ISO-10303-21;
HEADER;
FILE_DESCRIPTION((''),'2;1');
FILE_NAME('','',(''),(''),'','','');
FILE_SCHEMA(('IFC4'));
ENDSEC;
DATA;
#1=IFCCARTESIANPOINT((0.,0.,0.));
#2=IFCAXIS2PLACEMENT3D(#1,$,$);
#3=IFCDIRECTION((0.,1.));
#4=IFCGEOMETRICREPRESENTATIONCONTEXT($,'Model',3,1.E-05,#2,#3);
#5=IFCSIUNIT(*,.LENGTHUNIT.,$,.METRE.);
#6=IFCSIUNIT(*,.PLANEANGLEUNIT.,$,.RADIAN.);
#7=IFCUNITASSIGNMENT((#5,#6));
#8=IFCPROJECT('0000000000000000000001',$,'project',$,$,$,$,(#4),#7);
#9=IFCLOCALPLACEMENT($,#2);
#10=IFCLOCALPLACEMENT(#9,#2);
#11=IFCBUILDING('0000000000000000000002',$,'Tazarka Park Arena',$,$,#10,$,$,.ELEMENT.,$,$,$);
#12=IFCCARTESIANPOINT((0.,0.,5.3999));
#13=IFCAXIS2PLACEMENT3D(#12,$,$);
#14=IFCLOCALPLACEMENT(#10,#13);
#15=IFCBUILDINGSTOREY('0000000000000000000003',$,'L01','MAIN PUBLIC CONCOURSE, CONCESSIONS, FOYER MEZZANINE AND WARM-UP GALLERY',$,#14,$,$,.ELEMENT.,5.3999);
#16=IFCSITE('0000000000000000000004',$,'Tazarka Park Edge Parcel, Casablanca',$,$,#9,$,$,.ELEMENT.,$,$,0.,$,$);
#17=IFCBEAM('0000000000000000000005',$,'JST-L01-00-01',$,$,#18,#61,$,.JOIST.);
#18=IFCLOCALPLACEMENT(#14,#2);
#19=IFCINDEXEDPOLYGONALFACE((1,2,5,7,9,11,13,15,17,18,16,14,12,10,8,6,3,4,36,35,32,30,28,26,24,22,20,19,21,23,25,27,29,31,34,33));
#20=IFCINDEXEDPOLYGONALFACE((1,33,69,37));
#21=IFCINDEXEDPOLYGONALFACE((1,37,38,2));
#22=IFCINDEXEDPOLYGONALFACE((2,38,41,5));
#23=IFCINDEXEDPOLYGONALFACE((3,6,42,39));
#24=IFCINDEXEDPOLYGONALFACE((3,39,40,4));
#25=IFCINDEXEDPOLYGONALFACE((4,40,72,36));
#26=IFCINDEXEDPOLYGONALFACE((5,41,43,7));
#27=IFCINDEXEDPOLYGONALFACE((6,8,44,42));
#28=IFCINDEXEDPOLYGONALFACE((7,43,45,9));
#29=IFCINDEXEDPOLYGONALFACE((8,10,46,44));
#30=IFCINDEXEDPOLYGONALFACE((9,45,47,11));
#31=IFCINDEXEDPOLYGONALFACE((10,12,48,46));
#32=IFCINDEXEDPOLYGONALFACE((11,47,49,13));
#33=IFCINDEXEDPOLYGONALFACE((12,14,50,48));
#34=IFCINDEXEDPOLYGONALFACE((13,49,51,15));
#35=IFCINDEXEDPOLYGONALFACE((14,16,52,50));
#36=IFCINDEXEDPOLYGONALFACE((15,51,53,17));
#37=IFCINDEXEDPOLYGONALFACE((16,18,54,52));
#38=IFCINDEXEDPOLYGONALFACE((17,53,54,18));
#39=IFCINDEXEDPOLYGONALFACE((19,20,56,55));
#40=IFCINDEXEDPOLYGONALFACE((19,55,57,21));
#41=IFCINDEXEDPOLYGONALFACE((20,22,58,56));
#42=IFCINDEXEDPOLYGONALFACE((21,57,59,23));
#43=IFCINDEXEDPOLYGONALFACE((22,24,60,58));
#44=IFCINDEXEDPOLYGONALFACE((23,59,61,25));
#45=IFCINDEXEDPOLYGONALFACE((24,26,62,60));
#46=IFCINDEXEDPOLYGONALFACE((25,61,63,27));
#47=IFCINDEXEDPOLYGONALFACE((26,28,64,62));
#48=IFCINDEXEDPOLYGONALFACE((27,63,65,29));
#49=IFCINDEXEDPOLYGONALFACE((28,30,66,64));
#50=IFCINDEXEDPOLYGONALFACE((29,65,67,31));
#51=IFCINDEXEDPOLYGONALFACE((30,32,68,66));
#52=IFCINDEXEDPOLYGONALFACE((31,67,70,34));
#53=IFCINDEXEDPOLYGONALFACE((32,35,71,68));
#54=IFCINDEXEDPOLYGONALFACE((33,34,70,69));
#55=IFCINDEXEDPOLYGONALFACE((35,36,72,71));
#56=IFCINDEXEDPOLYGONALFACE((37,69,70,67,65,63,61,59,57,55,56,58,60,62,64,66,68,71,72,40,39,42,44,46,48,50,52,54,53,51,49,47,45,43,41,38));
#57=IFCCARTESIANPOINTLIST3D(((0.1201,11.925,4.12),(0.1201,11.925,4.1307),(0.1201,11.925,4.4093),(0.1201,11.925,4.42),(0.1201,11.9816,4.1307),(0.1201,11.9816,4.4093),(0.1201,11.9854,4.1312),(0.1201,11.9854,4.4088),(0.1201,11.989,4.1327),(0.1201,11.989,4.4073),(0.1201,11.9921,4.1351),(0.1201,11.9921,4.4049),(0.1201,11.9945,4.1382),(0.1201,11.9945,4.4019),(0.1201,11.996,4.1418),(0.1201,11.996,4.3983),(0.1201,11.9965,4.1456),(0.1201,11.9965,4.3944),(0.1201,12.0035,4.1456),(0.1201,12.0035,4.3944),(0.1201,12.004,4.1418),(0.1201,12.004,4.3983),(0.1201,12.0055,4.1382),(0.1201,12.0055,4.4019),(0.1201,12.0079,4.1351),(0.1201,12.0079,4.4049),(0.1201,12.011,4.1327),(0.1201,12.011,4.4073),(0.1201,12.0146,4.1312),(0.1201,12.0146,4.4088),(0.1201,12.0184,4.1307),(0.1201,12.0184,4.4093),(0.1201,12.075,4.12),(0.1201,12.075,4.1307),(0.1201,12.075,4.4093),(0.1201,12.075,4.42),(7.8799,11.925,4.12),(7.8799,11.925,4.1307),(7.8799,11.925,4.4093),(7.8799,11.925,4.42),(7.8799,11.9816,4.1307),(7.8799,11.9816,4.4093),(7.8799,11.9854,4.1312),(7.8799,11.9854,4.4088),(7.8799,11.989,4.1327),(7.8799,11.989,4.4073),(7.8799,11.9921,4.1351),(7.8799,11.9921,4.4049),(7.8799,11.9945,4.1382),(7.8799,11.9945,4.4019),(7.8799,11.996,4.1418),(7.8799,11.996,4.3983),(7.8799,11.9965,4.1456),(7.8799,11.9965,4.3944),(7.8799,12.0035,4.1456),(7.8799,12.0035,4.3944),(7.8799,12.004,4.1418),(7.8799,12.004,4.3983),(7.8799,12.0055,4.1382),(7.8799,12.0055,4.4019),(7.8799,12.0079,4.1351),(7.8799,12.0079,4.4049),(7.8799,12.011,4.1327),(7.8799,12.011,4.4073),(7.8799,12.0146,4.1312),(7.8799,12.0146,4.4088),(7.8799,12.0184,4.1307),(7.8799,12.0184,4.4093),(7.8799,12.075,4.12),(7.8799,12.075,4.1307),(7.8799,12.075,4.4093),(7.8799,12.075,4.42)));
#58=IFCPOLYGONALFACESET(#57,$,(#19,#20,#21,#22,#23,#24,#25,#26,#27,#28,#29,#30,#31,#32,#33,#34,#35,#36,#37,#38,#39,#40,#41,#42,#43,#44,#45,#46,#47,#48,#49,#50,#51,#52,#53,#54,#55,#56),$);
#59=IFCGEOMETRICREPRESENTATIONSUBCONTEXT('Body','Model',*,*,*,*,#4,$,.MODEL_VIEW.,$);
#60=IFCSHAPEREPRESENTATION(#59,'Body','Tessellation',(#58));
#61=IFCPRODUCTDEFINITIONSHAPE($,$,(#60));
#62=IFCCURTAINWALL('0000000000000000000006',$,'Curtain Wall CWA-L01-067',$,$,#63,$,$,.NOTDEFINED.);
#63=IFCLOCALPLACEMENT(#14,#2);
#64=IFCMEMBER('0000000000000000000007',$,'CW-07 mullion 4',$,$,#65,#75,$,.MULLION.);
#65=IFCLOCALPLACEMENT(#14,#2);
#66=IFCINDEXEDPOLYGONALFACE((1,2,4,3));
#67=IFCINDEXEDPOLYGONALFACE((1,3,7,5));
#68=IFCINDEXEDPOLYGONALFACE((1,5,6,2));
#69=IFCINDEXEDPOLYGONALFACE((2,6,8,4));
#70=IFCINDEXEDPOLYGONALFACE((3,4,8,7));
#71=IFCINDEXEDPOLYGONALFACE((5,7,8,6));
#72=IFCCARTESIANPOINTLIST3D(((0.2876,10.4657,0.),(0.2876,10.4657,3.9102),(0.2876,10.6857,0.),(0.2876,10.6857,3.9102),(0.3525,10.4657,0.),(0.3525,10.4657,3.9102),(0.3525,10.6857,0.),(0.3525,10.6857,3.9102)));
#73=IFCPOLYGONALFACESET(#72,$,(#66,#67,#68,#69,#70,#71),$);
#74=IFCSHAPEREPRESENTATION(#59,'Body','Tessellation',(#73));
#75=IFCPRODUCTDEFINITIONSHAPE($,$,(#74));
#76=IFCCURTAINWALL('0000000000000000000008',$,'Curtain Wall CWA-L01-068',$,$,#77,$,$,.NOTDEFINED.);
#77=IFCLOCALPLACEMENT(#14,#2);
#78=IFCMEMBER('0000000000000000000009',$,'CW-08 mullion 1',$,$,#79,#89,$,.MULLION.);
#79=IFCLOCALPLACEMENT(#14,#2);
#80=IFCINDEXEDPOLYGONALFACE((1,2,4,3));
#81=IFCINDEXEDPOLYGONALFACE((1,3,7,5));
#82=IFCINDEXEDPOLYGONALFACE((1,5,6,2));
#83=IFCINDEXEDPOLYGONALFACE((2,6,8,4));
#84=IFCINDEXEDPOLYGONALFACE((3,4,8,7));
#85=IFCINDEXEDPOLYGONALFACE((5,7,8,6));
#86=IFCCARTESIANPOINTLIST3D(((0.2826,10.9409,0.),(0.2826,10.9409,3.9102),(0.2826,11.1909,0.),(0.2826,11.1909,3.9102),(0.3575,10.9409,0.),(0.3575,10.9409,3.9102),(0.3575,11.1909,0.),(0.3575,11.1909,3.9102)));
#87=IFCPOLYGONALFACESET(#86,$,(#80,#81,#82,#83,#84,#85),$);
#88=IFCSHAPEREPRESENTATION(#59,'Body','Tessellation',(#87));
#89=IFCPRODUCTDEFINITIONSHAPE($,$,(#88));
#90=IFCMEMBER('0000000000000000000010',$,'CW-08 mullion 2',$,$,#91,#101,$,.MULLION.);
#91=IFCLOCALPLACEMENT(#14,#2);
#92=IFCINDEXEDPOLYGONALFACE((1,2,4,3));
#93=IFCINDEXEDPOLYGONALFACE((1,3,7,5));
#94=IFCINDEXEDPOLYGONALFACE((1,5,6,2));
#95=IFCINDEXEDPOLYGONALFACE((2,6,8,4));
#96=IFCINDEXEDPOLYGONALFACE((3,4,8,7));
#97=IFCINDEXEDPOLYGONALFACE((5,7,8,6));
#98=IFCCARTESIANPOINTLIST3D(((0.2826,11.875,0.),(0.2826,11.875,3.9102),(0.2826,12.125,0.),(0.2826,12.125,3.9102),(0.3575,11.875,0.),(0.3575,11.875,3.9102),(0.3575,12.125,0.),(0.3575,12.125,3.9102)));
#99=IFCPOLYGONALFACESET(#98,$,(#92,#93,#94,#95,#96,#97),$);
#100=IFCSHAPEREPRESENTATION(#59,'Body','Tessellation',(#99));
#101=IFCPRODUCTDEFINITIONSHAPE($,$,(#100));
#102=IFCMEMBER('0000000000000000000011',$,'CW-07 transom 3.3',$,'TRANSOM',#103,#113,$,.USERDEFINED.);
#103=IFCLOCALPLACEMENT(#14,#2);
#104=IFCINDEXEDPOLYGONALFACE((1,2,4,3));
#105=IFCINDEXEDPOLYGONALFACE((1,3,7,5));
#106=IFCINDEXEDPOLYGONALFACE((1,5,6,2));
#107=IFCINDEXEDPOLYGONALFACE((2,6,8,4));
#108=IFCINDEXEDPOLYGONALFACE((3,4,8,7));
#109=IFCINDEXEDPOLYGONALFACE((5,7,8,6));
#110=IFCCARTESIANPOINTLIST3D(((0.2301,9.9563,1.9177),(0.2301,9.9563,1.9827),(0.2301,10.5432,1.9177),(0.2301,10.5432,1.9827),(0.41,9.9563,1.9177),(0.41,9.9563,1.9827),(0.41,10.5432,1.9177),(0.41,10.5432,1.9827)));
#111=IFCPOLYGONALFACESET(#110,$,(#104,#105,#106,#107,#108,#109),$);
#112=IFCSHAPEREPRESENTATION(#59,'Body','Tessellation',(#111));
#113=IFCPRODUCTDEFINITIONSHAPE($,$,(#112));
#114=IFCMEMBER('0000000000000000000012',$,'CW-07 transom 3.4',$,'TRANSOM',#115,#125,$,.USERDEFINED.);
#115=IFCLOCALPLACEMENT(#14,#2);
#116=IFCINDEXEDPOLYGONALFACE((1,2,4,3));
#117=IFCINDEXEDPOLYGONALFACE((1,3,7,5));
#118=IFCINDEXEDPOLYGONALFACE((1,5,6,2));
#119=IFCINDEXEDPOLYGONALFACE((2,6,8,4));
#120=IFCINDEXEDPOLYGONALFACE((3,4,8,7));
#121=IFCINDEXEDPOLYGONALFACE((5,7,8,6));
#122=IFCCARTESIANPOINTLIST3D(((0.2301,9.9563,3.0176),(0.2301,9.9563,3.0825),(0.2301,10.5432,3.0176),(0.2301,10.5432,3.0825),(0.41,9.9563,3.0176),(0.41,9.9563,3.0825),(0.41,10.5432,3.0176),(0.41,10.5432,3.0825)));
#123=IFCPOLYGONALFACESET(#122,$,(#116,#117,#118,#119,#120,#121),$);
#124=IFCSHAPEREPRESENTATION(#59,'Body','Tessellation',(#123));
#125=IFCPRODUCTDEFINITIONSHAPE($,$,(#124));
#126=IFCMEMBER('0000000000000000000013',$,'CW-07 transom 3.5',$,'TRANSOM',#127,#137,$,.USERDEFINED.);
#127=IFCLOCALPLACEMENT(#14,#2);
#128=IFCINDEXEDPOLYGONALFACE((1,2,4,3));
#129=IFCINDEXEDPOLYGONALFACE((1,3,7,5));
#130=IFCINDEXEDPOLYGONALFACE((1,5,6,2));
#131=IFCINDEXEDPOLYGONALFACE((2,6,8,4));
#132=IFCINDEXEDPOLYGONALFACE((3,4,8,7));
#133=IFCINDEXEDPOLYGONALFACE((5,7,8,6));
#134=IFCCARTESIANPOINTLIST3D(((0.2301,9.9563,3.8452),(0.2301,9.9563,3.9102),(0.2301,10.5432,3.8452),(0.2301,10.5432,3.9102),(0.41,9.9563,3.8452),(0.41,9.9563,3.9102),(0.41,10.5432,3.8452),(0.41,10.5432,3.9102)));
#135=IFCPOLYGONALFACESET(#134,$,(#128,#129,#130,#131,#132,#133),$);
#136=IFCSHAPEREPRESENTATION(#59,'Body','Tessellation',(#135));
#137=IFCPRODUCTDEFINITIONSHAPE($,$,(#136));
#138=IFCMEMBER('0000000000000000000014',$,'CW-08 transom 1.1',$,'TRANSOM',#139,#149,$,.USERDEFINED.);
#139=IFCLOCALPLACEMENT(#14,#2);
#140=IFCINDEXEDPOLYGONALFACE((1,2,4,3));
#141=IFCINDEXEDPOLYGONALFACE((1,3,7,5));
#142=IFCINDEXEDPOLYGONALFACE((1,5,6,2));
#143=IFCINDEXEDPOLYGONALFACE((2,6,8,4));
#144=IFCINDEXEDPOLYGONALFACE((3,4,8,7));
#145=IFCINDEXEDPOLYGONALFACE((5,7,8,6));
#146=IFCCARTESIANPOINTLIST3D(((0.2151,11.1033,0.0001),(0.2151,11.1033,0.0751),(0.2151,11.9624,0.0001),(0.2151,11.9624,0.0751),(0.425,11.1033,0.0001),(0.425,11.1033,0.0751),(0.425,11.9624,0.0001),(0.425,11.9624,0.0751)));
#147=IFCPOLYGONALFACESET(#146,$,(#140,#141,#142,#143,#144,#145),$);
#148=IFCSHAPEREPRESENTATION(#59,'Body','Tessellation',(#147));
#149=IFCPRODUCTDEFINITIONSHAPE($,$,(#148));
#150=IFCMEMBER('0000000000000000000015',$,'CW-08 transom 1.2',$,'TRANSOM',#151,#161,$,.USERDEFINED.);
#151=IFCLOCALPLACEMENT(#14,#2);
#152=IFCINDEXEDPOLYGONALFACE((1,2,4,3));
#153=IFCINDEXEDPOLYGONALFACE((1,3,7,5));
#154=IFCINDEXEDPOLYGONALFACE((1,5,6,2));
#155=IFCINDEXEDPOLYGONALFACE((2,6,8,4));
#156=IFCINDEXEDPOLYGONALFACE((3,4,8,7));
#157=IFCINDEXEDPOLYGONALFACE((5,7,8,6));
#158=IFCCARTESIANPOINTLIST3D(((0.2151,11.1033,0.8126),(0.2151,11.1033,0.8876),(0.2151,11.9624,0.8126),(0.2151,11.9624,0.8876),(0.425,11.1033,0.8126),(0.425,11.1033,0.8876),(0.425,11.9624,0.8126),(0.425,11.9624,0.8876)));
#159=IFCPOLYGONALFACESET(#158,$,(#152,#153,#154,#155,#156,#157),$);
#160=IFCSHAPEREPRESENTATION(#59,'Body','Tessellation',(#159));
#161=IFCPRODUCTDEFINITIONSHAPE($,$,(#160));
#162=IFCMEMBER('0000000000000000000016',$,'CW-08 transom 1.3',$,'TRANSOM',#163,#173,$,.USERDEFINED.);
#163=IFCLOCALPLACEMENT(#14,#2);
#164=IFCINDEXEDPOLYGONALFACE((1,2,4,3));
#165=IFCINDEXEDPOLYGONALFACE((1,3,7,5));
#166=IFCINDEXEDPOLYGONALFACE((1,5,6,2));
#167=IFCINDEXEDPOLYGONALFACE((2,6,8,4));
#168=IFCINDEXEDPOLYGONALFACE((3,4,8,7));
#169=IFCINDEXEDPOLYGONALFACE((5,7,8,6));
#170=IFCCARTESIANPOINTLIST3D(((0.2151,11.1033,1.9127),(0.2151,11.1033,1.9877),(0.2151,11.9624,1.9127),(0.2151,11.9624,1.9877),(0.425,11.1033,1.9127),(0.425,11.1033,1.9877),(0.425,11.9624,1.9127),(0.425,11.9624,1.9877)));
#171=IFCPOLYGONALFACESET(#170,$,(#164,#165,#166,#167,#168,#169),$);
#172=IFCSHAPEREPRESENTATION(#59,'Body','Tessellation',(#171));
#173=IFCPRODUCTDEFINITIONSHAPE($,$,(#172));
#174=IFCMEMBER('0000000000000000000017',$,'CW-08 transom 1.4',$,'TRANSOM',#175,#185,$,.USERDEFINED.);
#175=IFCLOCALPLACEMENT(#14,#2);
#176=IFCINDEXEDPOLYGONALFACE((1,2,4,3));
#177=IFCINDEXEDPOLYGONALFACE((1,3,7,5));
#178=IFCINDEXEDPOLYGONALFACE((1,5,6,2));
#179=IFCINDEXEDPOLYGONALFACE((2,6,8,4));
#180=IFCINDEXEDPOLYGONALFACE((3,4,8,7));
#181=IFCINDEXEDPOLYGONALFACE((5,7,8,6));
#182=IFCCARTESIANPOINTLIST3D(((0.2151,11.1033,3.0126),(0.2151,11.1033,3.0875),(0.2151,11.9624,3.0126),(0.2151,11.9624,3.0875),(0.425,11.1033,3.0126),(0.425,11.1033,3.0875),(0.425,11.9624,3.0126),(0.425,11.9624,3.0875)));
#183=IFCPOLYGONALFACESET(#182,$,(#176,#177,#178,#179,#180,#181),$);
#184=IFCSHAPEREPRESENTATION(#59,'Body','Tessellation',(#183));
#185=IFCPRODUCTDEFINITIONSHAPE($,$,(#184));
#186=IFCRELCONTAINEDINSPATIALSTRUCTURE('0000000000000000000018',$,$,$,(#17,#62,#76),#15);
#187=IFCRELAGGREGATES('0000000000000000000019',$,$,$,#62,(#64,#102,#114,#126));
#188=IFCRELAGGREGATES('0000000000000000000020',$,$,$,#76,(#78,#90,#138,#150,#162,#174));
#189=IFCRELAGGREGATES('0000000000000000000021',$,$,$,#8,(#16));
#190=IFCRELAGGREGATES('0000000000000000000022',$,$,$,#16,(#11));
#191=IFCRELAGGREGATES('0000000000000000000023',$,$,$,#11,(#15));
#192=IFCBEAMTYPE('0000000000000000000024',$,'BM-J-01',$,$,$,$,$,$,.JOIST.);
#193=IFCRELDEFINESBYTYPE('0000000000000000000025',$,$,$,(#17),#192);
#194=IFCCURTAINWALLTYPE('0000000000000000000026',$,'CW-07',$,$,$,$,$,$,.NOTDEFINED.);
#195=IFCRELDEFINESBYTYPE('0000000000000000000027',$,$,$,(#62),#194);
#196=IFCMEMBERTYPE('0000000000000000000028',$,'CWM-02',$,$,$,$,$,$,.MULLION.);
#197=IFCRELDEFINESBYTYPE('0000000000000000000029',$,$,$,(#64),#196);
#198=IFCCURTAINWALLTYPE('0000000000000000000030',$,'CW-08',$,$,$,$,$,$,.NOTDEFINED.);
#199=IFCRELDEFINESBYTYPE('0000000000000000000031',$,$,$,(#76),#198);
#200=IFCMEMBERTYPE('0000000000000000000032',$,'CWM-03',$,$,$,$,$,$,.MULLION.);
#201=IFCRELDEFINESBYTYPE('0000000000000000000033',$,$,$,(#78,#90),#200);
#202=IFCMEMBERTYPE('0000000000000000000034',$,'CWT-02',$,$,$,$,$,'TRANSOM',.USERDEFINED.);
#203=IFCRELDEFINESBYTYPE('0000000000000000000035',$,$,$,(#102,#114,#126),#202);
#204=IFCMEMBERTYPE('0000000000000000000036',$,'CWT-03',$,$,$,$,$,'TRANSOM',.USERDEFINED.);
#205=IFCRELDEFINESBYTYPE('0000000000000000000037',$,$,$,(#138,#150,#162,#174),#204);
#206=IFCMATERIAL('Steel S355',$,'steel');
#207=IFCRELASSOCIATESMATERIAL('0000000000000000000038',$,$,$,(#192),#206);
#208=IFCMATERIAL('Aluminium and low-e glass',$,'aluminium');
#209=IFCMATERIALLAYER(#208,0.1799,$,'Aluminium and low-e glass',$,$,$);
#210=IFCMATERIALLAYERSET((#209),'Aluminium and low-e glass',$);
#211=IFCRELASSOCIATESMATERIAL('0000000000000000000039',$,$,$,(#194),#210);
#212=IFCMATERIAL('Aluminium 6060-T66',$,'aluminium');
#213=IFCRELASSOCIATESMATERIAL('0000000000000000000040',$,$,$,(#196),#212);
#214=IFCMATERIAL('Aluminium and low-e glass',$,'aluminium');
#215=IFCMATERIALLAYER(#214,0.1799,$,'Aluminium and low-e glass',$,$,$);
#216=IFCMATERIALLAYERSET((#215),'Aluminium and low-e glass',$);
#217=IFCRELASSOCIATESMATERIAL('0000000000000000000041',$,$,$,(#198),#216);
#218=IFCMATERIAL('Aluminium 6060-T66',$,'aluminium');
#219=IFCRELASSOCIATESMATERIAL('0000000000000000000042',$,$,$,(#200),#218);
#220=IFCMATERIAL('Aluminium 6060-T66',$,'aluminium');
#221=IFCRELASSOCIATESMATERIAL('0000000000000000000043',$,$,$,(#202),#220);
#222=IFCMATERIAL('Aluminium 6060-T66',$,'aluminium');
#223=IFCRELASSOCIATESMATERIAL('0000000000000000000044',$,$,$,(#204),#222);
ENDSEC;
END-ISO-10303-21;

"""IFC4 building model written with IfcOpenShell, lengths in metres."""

from ifc_helpers import new_model, si_unit, direction, frame, origin, origin_2d, place, context, subcontext, project, spatial, rectangle, i_section, extrude, material, layer, layer_set, material_profile, profile_set, type_object, element, aggregate, save


model = new_model("IFC4")

# Units and contexts
model_context = context("Model", 3, precision=1e-05, world=origin(), true_north=direction((0.0, 1.0)))
body_context = subcontext(model_context, "Body", "Model", "MODEL_VIEW")
ifc_project = project(units=[si_unit("LENGTHUNIT", "METRE"), si_unit("PLANEANGLEUNIT", "RADIAN")], contexts=[model_context])

# Site, building, storey
site_placement = place(None, origin())
site = spatial("IfcSite", under=ifc_project, at=site_placement, Name="Tazarka Park Edge Parcel, Casablanca", CompositionType="ELEMENT", RefElevation=0.0)
building_placement = place(site_placement, origin())
building = spatial("IfcBuilding", under=site, at=building_placement, Name="Tazarka Park Arena", CompositionType="ELEMENT")
storey_placement = place(building_placement, frame((0.0, 0.0, 5.3999)))
storey = spatial("IfcBuildingStorey", under=building, at=storey_placement, Name="L01", Description="MAIN PUBLIC CONCOURSE, CONCESSIONS, FOYER MEZZANINE AND WARM-UP GALLERY", CompositionType="ELEMENT", Elevation=5.3999)

# Beam
ifc_material_1 = material(Name="Steel S355", Category="steel")
ifc_material_profile_1 = material_profile(ifc_material_1, i_section(OverallWidth=0.1499, OverallDepth=0.3, WebThickness=0.0071, FlangeThickness=0.0107, FilletRadius=0.0149, at=origin_2d()), Name="Steel S355")
ifc_profile_set_1 = profile_set([ifc_material_profile_1], Name="Steel S355")
beam_type = type_object("IfcBeamType", Name="BM-J-01", PredefinedType="JOIST", material=ifc_profile_set_1)
beam_placement = place(storey_placement, frame((0.1201, 12.0, 4.27), z_axis=(1.0, 0.0, 0.0), x_axis=(0.0, 1.0, 0.0)))
element("IfcBeam", 1, at=beam_placement, inside=storey, type_object=beam_type, Name="JST-L01-00-01", PredefinedType="JOIST", context=body_context, shape_type="SweptSolid", body=[
    extrude(i_section(OverallWidth=0.1499, OverallDepth=0.3, WebThickness=0.0071, FlangeThickness=0.0107, FilletRadius=0.0149, at=origin_2d()), origin(), (0.0, 0.0, 1.0), 7.7598),
])

# Curtain wall, member
ifc_material_2 = material(Name="Aluminium and low-e glass", Category="aluminium")
ifc_layer_1 = layer(ifc_material_2, 0.1799, Name="Aluminium and low-e glass")
ifc_layer_set_1 = layer_set([ifc_layer_1], Name="Aluminium and low-e glass")
curtain_wall_type_1 = type_object("IfcCurtainWallType", Name="CW-07", PredefinedType="NOTDEFINED", material=ifc_layer_set_1)
curtain_wall_1_placement = place(storey_placement, origin())
curtain_wall_1 = element("IfcCurtainWall", 2, at=curtain_wall_1_placement, inside=storey, type_object=curtain_wall_type_1, Name="Curtain Wall CWA-L01-067", PredefinedType="NOTDEFINED")
ifc_material_3 = material(Name="Aluminium 6060-T66", Category="aluminium")
ifc_material_profile_2 = material_profile(ifc_material_3, rectangle(XDim=0.0649, YDim=0.22, at=origin_2d()), Name="Aluminium 6060-T66")
ifc_profile_set_2 = profile_set([ifc_material_profile_2], Name="Aluminium 6060-T66")
member_type_1 = type_object("IfcMemberType", Name="CWM-02", PredefinedType="MULLION", material=ifc_profile_set_2)
member_1_placement = place(storey_placement, frame((0.3201, 10.5757, 0.0), z_axis=(0.0, 0.0, 1.0), x_axis=(-1.0, 0.0, 0.0)))
member_1 = element("IfcMember", 3, at=member_1_placement, type_object=member_type_1, Name="CW-07 mullion 4", PredefinedType="MULLION", context=body_context, shape_type="SweptSolid", body=[
    extrude(rectangle(XDim=0.0649, YDim=0.22, at=origin_2d()), origin(), (0.0, 0.0, 1.0), 3.9102),
])

# Curtain wall, members
ifc_material_4 = material(Name="Aluminium and low-e glass", Category="aluminium")
ifc_layer_2 = layer(ifc_material_4, 0.1799, Name="Aluminium and low-e glass")
ifc_layer_set_2 = layer_set([ifc_layer_2], Name="Aluminium and low-e glass")
curtain_wall_type_2 = type_object("IfcCurtainWallType", Name="CW-08", PredefinedType="NOTDEFINED", material=ifc_layer_set_2)
curtain_wall_2_placement = place(storey_placement, origin())
curtain_wall_2 = element("IfcCurtainWall", 4, at=curtain_wall_2_placement, inside=storey, type_object=curtain_wall_type_2, Name="Curtain Wall CWA-L01-068", PredefinedType="NOTDEFINED")
ifc_material_5 = material(Name="Aluminium 6060-T66", Category="aluminium")
ifc_material_profile_3 = material_profile(ifc_material_5, rectangle(XDim=0.075, YDim=0.25, at=origin_2d()), Name="Aluminium 6060-T66")
ifc_profile_set_3 = profile_set([ifc_material_profile_3], Name="Aluminium 6060-T66")
member_type_2 = type_object("IfcMemberType", Name="CWM-03", PredefinedType="MULLION", material=ifc_profile_set_3)
member_2_placement = place(storey_placement, frame((0.3201, 11.0659, 0.0), z_axis=(0.0, 0.0, 1.0), x_axis=(-1.0, 0.0, 0.0)))
member_2 = element("IfcMember", 5, at=member_2_placement, type_object=member_type_2, Name="CW-08 mullion 1", PredefinedType="MULLION", context=body_context, shape_type="SweptSolid", body=[
    extrude(rectangle(XDim=0.075, YDim=0.25, at=origin_2d()), origin(), (0.0, 0.0, 1.0), 3.9102),
])
member_3_placement = place(storey_placement, frame((0.3201, 12.0, 0.0), z_axis=(0.0, 0.0, 1.0), x_axis=(-1.0, 0.0, 0.0)))
member_3 = element("IfcMember", 6, at=member_3_placement, type_object=member_type_2, Name="CW-08 mullion 2", PredefinedType="MULLION", context=body_context, shape_type="SweptSolid", body=[
    extrude(rectangle(XDim=0.075, YDim=0.25, at=origin_2d()), origin(), (0.0, 0.0, 1.0), 3.9102),
])

# Members
ifc_material_6 = material(Name="Aluminium 6060-T66", Category="aluminium")
ifc_material_profile_4 = material_profile(ifc_material_6, rectangle(XDim=0.1799, YDim=0.0649, at=origin_2d()), Name="Aluminium 6060-T66")
ifc_profile_set_4 = profile_set([ifc_material_profile_4], Name="Aluminium 6060-T66")
member_type_3 = type_object("IfcMemberType", Name="CWT-02", ElementType="TRANSOM", PredefinedType="USERDEFINED", material=ifc_profile_set_4)
member_4_placement = place(storey_placement, frame((0.3201, 9.9563, 1.9502), z_axis=(0.0, 1.0, 0.0), x_axis=(-1.0, 0.0, 0.0)))
member_4 = element("IfcMember", 7, at=member_4_placement, type_object=member_type_3, Name="CW-07 transom 3.3", ObjectType="TRANSOM", PredefinedType="USERDEFINED", context=body_context, shape_type="SweptSolid", body=[
    extrude(rectangle(XDim=0.1799, YDim=0.0649, at=origin_2d()), origin(), (0.0, 0.0, 1.0), 0.5869),
])
member_5_placement = place(storey_placement, frame((0.3201, 9.9563, 3.05), z_axis=(0.0, 1.0, 0.0), x_axis=(-1.0, 0.0, 0.0)))
member_5 = element("IfcMember", 8, at=member_5_placement, type_object=member_type_3, Name="CW-07 transom 3.4", ObjectType="TRANSOM", PredefinedType="USERDEFINED", context=body_context, shape_type="SweptSolid", body=[
    extrude(rectangle(XDim=0.1799, YDim=0.0649, at=origin_2d()), origin(), (0.0, 0.0, 1.0), 0.5869),
])
member_6_placement = place(storey_placement, frame((0.3201, 9.9563, 3.8777), z_axis=(0.0, 1.0, 0.0), x_axis=(-1.0, 0.0, 0.0)))
member_6 = element("IfcMember", 9, at=member_6_placement, type_object=member_type_3, Name="CW-07 transom 3.5", ObjectType="TRANSOM", PredefinedType="USERDEFINED", context=body_context, shape_type="SweptSolid", body=[
    extrude(rectangle(XDim=0.1799, YDim=0.0649, at=origin_2d()), origin(), (0.0, 0.0, 1.0), 0.5869),
])
ifc_material_7 = material(Name="Aluminium 6060-T66", Category="aluminium")
ifc_material_profile_5 = material_profile(ifc_material_7, rectangle(XDim=0.21, YDim=0.075, at=origin_2d()), Name="Aluminium 6060-T66")
ifc_profile_set_5 = profile_set([ifc_material_profile_5], Name="Aluminium 6060-T66")
member_type_4 = type_object("IfcMemberType", Name="CWT-03", ElementType="TRANSOM", PredefinedType="USERDEFINED", material=ifc_profile_set_5)
member_7_placement = place(storey_placement, frame((0.3201, 11.1033, 0.0376), z_axis=(0.0, 1.0, 0.0), x_axis=(-1.0, 0.0, 0.0)))
member_7 = element("IfcMember", 10, at=member_7_placement, type_object=member_type_4, Name="CW-08 transom 1.1", ObjectType="TRANSOM", PredefinedType="USERDEFINED", context=body_context, shape_type="SweptSolid", body=[
    extrude(rectangle(XDim=0.21, YDim=0.075, at=origin_2d()), origin(), (0.0, 0.0, 1.0), 0.8591),
])
member_8_placement = place(storey_placement, frame((0.3201, 11.1033, 0.8501), z_axis=(0.0, 1.0, 0.0), x_axis=(-1.0, 0.0, 0.0)))
member_8 = element("IfcMember", 11, at=member_8_placement, type_object=member_type_4, Name="CW-08 transom 1.2", ObjectType="TRANSOM", PredefinedType="USERDEFINED", context=body_context, shape_type="SweptSolid", body=[
    extrude(rectangle(XDim=0.21, YDim=0.075, at=origin_2d()), origin(), (0.0, 0.0, 1.0), 0.8591),
])
member_9_placement = place(storey_placement, frame((0.3201, 11.1033, 1.9502), z_axis=(0.0, 1.0, 0.0), x_axis=(-1.0, 0.0, 0.0)))
member_9 = element("IfcMember", 12, at=member_9_placement, type_object=member_type_4, Name="CW-08 transom 1.3", ObjectType="TRANSOM", PredefinedType="USERDEFINED", context=body_context, shape_type="SweptSolid", body=[
    extrude(rectangle(XDim=0.21, YDim=0.075, at=origin_2d()), origin(), (0.0, 0.0, 1.0), 0.8591),
])
member_10_placement = place(storey_placement, frame((0.3201, 11.1033, 3.05), z_axis=(0.0, 1.0, 0.0), x_axis=(-1.0, 0.0, 0.0)))
member_10 = element("IfcMember", 13, at=member_10_placement, type_object=member_type_4, Name="CW-08 transom 1.4", ObjectType="TRANSOM", PredefinedType="USERDEFINED", context=body_context, shape_type="SweptSolid", body=[
    extrude(rectangle(XDim=0.21, YDim=0.075, at=origin_2d()), origin(), (0.0, 0.0, 1.0), 0.8591),
])

aggregate(curtain_wall_1, [member_1, member_4, member_5, member_6])
aggregate(curtain_wall_2, [member_2, member_3, member_7, member_8, member_9, member_10])

save(model, "model.ifc")
